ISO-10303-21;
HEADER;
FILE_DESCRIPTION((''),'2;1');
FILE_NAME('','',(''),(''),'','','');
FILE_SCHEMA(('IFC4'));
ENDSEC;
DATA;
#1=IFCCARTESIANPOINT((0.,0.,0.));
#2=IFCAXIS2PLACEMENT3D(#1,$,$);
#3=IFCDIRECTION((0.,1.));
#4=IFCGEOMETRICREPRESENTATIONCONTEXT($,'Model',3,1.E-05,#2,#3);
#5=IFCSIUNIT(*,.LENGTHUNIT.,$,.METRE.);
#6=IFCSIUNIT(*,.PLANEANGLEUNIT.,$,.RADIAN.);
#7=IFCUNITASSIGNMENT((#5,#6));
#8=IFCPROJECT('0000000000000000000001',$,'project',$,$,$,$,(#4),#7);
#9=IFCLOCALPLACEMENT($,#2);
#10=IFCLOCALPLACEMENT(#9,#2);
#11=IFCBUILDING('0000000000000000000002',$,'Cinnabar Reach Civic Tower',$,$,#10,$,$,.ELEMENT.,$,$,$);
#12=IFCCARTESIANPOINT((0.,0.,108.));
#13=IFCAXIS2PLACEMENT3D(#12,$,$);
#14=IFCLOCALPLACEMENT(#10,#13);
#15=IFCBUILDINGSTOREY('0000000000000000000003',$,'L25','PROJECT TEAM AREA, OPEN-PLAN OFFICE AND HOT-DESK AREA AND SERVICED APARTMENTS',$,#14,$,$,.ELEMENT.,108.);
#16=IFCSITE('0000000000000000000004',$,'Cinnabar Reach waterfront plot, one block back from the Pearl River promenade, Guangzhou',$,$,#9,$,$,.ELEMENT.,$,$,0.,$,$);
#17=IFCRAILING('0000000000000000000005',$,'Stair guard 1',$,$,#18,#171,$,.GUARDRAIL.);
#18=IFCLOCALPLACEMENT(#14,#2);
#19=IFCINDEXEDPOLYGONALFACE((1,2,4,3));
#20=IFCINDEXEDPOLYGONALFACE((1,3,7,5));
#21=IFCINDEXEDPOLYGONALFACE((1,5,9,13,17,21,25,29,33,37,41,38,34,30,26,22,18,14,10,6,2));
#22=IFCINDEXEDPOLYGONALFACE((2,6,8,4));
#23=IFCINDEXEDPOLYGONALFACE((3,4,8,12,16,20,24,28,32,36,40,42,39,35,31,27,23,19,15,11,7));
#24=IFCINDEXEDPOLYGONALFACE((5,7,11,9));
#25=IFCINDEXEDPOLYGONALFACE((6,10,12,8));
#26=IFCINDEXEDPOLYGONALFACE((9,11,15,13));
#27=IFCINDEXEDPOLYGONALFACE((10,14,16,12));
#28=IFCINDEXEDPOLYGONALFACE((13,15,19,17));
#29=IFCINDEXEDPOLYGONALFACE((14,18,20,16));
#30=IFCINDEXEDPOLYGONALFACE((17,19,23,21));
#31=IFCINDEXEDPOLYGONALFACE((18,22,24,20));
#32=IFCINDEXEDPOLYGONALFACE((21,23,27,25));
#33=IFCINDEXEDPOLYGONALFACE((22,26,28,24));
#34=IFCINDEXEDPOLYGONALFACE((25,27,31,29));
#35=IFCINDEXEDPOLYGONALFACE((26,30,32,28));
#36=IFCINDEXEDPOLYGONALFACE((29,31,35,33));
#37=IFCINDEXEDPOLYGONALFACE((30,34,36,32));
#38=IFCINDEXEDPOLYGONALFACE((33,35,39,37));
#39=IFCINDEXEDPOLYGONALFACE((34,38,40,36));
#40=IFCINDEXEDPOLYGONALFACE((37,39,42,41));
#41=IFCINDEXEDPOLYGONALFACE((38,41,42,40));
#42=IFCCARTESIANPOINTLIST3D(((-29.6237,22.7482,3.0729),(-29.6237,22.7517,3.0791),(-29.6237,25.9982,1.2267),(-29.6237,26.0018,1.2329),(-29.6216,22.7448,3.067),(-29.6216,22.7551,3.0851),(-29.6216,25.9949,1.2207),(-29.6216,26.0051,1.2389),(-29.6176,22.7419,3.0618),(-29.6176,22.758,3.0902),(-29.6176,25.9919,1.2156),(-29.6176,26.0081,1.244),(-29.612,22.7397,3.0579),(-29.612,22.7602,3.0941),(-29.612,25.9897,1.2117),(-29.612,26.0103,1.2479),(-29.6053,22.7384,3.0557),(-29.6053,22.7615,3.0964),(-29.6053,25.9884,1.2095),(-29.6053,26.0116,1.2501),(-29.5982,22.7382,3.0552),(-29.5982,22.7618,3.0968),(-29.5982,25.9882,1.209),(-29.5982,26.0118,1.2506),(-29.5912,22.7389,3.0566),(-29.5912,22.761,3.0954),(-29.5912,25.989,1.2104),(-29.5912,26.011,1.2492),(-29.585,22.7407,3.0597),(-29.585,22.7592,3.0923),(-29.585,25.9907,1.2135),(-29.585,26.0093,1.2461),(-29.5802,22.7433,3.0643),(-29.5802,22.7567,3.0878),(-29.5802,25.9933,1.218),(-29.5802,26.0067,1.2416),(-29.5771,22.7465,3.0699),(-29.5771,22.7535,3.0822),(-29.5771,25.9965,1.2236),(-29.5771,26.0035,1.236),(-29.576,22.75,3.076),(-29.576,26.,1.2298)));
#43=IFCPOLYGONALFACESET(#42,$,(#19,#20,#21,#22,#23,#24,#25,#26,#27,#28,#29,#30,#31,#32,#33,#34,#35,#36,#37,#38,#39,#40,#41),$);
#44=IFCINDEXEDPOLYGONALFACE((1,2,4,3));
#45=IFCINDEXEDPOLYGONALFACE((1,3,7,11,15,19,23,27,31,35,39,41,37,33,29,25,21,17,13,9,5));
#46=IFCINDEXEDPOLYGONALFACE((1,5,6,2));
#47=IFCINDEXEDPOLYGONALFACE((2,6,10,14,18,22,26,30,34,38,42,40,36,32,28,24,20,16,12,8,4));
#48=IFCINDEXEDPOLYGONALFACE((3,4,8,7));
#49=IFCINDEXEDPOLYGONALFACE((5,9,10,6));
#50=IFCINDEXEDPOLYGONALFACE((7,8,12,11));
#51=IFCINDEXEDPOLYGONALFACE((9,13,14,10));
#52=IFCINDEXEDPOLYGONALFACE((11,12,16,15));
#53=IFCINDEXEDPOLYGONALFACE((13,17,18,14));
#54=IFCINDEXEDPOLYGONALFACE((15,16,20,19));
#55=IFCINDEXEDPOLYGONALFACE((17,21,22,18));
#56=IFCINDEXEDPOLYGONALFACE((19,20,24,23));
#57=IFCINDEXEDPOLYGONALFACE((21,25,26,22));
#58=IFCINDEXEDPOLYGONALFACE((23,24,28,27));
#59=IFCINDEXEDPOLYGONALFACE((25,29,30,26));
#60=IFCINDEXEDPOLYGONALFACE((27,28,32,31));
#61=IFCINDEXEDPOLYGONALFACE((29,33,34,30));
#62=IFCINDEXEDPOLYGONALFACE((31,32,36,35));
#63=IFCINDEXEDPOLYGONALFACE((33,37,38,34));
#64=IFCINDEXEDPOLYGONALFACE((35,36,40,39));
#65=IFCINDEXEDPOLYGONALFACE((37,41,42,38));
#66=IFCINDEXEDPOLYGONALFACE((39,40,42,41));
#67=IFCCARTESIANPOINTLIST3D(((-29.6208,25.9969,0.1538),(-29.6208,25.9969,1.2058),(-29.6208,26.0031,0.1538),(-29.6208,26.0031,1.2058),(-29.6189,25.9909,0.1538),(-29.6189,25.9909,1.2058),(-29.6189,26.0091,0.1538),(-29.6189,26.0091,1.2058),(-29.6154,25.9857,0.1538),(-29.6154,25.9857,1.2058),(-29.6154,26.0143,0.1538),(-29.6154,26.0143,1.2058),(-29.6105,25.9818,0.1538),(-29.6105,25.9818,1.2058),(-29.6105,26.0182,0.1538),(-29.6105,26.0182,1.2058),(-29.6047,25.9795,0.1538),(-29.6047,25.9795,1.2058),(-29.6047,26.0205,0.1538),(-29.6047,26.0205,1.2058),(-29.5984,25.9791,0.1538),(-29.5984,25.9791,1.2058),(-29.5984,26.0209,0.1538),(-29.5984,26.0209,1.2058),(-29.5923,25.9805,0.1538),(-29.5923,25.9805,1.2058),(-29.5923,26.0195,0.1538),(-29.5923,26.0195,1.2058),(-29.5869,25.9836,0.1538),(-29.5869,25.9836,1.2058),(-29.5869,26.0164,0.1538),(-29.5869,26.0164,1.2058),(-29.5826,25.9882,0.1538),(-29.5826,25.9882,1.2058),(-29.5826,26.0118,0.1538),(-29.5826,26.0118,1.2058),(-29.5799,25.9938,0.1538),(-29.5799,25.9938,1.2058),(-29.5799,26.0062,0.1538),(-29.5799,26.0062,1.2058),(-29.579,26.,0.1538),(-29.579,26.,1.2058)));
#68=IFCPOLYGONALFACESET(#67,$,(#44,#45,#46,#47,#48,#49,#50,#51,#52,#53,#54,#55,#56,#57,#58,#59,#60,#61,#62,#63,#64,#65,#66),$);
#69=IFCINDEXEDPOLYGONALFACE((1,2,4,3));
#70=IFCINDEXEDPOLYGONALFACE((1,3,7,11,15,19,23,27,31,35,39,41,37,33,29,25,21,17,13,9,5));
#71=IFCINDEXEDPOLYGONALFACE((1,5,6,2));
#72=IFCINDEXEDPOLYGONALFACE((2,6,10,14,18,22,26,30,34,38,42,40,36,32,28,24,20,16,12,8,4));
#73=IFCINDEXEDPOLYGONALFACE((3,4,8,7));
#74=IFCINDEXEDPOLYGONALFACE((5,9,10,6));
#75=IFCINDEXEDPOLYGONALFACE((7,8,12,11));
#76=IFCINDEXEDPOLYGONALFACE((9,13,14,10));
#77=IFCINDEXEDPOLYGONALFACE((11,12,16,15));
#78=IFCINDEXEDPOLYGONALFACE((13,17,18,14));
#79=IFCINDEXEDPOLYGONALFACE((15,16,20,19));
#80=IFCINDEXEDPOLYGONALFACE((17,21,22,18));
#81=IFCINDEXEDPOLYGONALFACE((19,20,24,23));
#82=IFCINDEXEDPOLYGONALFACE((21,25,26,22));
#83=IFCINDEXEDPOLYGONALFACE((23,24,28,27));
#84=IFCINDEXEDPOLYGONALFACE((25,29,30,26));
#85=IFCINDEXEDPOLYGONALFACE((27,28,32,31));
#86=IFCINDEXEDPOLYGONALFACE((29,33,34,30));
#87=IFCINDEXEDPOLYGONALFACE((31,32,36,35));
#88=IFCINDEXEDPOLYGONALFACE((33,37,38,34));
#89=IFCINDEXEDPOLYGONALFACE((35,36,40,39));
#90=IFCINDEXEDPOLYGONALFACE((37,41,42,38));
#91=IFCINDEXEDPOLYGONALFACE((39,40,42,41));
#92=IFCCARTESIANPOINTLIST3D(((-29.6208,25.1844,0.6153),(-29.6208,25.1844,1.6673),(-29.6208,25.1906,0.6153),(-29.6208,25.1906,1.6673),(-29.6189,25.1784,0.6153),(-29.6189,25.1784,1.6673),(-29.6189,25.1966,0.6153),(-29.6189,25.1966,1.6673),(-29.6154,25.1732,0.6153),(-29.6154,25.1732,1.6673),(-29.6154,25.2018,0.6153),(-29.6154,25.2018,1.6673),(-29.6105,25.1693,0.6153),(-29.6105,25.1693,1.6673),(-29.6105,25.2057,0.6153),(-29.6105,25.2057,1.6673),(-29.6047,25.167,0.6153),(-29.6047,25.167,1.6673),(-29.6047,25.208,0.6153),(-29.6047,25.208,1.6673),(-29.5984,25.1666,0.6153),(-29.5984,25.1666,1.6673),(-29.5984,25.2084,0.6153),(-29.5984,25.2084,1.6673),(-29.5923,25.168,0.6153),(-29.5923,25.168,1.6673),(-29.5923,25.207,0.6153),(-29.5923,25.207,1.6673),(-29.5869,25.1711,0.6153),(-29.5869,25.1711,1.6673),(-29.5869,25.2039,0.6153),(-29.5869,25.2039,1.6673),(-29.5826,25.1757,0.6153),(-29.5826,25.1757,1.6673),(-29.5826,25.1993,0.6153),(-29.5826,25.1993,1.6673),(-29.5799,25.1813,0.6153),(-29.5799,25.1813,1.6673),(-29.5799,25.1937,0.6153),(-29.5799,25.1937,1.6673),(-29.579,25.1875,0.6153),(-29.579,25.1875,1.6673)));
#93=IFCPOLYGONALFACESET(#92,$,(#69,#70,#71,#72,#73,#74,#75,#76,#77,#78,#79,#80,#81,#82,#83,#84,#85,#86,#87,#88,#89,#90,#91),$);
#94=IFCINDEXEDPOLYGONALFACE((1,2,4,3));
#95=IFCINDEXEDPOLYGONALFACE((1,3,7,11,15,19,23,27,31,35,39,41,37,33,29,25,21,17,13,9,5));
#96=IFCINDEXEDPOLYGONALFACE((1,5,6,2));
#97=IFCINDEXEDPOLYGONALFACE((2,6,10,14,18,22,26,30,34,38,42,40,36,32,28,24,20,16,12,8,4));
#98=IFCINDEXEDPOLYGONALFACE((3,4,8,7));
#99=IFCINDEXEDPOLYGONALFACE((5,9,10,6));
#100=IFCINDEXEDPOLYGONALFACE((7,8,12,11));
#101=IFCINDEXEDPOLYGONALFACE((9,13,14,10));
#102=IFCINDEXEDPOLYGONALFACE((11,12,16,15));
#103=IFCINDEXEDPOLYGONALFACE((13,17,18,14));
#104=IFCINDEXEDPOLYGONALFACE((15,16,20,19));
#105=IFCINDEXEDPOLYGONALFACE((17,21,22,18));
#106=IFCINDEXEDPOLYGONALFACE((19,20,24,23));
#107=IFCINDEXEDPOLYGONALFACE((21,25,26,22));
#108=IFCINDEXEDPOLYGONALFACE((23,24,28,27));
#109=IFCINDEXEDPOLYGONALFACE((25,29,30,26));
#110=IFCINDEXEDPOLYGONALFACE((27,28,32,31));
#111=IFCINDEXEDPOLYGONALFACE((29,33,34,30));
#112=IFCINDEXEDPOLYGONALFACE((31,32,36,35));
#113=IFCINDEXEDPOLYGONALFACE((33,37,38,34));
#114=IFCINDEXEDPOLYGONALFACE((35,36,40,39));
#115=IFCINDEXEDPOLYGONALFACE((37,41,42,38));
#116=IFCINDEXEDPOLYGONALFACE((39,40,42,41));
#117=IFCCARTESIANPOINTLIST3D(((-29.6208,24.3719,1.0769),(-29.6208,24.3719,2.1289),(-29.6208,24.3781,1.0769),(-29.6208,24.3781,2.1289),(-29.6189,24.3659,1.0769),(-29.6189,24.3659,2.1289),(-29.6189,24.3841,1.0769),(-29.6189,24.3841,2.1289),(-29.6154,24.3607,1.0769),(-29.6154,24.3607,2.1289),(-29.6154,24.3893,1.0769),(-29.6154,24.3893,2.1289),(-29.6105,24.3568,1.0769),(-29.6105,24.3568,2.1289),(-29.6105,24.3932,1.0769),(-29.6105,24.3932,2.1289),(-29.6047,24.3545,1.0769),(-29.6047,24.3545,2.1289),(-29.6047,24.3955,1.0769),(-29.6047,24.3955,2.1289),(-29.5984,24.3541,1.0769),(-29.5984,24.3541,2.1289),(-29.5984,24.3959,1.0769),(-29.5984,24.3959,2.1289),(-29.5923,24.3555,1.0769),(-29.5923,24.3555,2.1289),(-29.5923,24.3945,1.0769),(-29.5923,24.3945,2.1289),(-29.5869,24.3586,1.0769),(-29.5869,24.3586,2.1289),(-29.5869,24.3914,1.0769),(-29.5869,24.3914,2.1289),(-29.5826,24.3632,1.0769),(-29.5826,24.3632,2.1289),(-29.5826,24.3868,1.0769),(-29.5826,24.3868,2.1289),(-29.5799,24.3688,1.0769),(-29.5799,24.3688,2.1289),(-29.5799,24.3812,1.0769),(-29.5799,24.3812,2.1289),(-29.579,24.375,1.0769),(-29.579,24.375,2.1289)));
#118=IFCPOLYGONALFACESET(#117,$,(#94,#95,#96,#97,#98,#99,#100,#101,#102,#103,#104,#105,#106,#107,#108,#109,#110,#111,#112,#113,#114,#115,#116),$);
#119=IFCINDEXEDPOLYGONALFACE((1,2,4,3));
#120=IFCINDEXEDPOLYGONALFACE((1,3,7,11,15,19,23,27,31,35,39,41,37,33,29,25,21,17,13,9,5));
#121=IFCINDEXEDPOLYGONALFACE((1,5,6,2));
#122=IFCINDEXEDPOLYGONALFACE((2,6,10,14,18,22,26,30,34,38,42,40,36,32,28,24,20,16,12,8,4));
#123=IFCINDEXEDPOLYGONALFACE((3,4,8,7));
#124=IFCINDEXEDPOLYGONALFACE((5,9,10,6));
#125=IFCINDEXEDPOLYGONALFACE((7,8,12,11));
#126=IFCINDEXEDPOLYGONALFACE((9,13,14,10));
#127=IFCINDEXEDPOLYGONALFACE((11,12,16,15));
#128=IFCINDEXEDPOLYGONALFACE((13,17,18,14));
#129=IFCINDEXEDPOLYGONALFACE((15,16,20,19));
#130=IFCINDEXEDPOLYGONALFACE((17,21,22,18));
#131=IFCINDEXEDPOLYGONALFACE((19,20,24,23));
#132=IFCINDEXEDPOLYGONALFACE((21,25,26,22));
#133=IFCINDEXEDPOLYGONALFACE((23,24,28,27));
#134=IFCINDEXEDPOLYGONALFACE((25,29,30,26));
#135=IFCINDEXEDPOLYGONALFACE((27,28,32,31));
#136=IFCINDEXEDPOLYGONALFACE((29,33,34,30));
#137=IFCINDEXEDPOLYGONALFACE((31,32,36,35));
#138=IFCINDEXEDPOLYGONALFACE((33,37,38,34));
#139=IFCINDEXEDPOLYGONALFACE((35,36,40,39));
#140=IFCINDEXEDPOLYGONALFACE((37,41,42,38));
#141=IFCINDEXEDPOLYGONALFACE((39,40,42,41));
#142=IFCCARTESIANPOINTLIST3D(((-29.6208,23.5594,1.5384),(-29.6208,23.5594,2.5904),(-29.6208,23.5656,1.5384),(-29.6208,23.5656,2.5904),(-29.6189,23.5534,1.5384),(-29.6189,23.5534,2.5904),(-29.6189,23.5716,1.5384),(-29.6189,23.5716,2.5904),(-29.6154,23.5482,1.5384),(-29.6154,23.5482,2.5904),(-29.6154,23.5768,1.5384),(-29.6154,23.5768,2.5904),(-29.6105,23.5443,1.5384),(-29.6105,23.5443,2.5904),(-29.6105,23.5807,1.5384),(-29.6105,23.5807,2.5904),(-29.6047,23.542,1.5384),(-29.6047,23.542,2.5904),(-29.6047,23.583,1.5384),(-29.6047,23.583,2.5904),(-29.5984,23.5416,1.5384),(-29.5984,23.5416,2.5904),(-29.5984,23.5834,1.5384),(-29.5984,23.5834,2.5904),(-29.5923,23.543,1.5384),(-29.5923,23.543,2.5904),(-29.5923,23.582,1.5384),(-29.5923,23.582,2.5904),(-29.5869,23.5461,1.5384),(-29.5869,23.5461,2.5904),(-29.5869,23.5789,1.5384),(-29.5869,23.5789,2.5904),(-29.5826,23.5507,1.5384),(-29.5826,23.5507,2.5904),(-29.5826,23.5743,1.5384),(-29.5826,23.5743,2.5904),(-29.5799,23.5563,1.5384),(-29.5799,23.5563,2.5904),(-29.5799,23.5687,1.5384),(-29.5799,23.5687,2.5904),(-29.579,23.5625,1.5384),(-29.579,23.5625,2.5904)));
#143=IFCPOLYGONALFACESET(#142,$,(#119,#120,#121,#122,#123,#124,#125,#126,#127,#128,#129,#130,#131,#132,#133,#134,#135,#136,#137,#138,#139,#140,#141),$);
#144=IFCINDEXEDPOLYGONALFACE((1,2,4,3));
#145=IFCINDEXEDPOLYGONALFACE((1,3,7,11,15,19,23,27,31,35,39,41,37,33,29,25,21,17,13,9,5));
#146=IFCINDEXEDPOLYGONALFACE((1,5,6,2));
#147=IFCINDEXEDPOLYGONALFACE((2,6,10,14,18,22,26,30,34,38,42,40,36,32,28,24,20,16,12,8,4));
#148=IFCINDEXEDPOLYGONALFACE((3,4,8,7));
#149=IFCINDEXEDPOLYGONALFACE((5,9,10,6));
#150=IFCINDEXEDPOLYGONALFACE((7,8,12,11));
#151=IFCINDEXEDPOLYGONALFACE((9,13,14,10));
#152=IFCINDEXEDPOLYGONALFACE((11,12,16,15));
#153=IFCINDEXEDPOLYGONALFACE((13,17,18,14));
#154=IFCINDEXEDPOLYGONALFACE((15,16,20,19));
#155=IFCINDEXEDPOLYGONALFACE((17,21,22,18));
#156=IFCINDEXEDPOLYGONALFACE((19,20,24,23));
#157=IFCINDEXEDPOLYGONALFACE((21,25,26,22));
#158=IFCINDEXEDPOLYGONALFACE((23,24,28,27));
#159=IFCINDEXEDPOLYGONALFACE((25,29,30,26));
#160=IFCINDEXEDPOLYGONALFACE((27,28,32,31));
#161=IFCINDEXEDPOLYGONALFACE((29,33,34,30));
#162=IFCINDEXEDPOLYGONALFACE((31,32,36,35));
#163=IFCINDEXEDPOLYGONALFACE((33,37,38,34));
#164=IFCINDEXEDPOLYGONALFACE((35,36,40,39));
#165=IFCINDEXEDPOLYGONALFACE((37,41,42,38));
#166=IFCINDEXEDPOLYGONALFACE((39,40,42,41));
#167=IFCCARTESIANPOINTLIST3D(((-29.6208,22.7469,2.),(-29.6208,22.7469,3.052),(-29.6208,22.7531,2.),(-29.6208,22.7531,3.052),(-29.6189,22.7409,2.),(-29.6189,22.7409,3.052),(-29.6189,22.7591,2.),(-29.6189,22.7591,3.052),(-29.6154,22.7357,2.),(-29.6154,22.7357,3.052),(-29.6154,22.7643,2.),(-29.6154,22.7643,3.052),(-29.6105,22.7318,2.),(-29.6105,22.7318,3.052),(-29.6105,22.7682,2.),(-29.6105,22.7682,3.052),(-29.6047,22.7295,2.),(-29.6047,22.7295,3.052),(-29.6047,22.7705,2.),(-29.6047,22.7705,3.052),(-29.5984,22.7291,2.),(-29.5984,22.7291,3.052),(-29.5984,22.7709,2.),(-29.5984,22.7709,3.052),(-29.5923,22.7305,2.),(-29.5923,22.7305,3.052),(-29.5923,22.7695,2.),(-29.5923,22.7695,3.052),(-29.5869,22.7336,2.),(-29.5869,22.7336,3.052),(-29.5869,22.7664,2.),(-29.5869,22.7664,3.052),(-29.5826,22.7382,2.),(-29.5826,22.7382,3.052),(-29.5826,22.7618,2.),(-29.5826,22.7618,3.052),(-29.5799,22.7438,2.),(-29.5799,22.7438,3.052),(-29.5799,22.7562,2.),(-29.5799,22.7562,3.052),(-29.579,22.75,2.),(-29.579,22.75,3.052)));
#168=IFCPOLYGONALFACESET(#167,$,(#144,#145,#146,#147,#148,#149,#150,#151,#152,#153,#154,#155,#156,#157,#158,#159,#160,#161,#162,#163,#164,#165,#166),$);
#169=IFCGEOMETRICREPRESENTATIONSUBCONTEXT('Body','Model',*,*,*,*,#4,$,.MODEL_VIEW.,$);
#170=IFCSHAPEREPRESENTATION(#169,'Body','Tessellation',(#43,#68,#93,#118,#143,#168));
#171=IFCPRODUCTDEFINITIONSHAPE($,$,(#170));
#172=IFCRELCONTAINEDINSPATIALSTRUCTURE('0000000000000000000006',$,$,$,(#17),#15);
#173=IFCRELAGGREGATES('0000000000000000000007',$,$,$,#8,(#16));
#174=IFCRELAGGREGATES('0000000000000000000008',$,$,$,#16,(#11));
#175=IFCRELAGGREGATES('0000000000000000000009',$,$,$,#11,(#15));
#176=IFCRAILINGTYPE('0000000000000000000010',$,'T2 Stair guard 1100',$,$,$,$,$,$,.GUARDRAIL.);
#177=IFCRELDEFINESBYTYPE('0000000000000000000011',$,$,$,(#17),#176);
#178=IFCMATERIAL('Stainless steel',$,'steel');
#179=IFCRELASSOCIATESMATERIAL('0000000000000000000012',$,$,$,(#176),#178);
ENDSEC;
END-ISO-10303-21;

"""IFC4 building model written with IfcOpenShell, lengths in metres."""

from ifc_helpers import new_model, si_unit, direction, frame, origin, origin_2d, place, context, subcontext, project, spatial, circle, extrude, material, type_object, element, save


model = new_model("IFC4")

# Units and contexts
model_context = context("Model", 3, precision=1e-05, world=origin(), true_north=direction((0.0, 1.0)))
body_context = subcontext(model_context, "Body", "Model", "MODEL_VIEW")
ifc_project = project(units=[si_unit("LENGTHUNIT", "METRE"), si_unit("PLANEANGLEUNIT", "RADIAN")], contexts=[model_context])

# Site, building, storey
site_placement = place(None, origin())
site = spatial("IfcSite", under=ifc_project, at=site_placement, Name="Cinnabar Reach waterfront plot, one block back from the Pearl River promenade, Guangzhou", CompositionType="ELEMENT", RefElevation=0.0)
building_placement = place(site_placement, origin())
building = spatial("IfcBuilding", under=site, at=building_placement, Name="Cinnabar Reach Civic Tower", CompositionType="ELEMENT")
storey_placement = place(building_placement, frame((0.0, 0.0, 108.0)))
storey = spatial("IfcBuildingStorey", under=building, at=storey_placement, Name="L25", Description="PROJECT TEAM AREA, OPEN-PLAN OFFICE AND HOT-DESK AREA AND SERVICED APARTMENTS", CompositionType="ELEMENT", Elevation=108.0)

# Railing
ifc_material_1 = material(Name="Stainless steel", Category="steel")
railing_type = type_object("IfcRailingType", Name="T2 Stair guard 1100", PredefinedType="GUARDRAIL", material=ifc_material_1)
railing_1_placement = place(storey_placement, frame((-29.6, 26.0, 0.1538)))
element("IfcRailing", 1, at=railing_1_placement, inside=storey, type_object=railing_type, Name="Stair guard 1", PredefinedType="GUARDRAIL", context=body_context, shape_type="SweptSolid", body=[
    extrude(circle(Radius=0.024, at=origin_2d()), frame((0.0, 0.0, 1.076), z_axis=(0.0, -0.869501, 0.49393), x_axis=(1.0, 0.0, 0.0)), (0.0, 0.0, 1.0), 3.7378),
    extrude(circle(Radius=0.021, at=origin_2d()), origin(), (0.0, 0.0, 1.0), 1.052),
    extrude(circle(Radius=0.021, at=origin_2d()), frame((0.0, -0.8125, 0.4615)), (0.0, 0.0, 1.0), 1.052),
    extrude(circle(Radius=0.021, at=origin_2d()), frame((0.0, -1.625, 0.9231)), (0.0, 0.0, 1.0), 1.052),
    extrude(circle(Radius=0.021, at=origin_2d()), frame((0.0, -2.4375, 1.3846)), (0.0, 0.0, 1.0), 1.052),
    extrude(circle(Radius=0.021, at=origin_2d()), frame((0.0, -3.25, 1.8462)), (0.0, 0.0, 1.0), 1.052),
])

save(model, "model.ifc")
